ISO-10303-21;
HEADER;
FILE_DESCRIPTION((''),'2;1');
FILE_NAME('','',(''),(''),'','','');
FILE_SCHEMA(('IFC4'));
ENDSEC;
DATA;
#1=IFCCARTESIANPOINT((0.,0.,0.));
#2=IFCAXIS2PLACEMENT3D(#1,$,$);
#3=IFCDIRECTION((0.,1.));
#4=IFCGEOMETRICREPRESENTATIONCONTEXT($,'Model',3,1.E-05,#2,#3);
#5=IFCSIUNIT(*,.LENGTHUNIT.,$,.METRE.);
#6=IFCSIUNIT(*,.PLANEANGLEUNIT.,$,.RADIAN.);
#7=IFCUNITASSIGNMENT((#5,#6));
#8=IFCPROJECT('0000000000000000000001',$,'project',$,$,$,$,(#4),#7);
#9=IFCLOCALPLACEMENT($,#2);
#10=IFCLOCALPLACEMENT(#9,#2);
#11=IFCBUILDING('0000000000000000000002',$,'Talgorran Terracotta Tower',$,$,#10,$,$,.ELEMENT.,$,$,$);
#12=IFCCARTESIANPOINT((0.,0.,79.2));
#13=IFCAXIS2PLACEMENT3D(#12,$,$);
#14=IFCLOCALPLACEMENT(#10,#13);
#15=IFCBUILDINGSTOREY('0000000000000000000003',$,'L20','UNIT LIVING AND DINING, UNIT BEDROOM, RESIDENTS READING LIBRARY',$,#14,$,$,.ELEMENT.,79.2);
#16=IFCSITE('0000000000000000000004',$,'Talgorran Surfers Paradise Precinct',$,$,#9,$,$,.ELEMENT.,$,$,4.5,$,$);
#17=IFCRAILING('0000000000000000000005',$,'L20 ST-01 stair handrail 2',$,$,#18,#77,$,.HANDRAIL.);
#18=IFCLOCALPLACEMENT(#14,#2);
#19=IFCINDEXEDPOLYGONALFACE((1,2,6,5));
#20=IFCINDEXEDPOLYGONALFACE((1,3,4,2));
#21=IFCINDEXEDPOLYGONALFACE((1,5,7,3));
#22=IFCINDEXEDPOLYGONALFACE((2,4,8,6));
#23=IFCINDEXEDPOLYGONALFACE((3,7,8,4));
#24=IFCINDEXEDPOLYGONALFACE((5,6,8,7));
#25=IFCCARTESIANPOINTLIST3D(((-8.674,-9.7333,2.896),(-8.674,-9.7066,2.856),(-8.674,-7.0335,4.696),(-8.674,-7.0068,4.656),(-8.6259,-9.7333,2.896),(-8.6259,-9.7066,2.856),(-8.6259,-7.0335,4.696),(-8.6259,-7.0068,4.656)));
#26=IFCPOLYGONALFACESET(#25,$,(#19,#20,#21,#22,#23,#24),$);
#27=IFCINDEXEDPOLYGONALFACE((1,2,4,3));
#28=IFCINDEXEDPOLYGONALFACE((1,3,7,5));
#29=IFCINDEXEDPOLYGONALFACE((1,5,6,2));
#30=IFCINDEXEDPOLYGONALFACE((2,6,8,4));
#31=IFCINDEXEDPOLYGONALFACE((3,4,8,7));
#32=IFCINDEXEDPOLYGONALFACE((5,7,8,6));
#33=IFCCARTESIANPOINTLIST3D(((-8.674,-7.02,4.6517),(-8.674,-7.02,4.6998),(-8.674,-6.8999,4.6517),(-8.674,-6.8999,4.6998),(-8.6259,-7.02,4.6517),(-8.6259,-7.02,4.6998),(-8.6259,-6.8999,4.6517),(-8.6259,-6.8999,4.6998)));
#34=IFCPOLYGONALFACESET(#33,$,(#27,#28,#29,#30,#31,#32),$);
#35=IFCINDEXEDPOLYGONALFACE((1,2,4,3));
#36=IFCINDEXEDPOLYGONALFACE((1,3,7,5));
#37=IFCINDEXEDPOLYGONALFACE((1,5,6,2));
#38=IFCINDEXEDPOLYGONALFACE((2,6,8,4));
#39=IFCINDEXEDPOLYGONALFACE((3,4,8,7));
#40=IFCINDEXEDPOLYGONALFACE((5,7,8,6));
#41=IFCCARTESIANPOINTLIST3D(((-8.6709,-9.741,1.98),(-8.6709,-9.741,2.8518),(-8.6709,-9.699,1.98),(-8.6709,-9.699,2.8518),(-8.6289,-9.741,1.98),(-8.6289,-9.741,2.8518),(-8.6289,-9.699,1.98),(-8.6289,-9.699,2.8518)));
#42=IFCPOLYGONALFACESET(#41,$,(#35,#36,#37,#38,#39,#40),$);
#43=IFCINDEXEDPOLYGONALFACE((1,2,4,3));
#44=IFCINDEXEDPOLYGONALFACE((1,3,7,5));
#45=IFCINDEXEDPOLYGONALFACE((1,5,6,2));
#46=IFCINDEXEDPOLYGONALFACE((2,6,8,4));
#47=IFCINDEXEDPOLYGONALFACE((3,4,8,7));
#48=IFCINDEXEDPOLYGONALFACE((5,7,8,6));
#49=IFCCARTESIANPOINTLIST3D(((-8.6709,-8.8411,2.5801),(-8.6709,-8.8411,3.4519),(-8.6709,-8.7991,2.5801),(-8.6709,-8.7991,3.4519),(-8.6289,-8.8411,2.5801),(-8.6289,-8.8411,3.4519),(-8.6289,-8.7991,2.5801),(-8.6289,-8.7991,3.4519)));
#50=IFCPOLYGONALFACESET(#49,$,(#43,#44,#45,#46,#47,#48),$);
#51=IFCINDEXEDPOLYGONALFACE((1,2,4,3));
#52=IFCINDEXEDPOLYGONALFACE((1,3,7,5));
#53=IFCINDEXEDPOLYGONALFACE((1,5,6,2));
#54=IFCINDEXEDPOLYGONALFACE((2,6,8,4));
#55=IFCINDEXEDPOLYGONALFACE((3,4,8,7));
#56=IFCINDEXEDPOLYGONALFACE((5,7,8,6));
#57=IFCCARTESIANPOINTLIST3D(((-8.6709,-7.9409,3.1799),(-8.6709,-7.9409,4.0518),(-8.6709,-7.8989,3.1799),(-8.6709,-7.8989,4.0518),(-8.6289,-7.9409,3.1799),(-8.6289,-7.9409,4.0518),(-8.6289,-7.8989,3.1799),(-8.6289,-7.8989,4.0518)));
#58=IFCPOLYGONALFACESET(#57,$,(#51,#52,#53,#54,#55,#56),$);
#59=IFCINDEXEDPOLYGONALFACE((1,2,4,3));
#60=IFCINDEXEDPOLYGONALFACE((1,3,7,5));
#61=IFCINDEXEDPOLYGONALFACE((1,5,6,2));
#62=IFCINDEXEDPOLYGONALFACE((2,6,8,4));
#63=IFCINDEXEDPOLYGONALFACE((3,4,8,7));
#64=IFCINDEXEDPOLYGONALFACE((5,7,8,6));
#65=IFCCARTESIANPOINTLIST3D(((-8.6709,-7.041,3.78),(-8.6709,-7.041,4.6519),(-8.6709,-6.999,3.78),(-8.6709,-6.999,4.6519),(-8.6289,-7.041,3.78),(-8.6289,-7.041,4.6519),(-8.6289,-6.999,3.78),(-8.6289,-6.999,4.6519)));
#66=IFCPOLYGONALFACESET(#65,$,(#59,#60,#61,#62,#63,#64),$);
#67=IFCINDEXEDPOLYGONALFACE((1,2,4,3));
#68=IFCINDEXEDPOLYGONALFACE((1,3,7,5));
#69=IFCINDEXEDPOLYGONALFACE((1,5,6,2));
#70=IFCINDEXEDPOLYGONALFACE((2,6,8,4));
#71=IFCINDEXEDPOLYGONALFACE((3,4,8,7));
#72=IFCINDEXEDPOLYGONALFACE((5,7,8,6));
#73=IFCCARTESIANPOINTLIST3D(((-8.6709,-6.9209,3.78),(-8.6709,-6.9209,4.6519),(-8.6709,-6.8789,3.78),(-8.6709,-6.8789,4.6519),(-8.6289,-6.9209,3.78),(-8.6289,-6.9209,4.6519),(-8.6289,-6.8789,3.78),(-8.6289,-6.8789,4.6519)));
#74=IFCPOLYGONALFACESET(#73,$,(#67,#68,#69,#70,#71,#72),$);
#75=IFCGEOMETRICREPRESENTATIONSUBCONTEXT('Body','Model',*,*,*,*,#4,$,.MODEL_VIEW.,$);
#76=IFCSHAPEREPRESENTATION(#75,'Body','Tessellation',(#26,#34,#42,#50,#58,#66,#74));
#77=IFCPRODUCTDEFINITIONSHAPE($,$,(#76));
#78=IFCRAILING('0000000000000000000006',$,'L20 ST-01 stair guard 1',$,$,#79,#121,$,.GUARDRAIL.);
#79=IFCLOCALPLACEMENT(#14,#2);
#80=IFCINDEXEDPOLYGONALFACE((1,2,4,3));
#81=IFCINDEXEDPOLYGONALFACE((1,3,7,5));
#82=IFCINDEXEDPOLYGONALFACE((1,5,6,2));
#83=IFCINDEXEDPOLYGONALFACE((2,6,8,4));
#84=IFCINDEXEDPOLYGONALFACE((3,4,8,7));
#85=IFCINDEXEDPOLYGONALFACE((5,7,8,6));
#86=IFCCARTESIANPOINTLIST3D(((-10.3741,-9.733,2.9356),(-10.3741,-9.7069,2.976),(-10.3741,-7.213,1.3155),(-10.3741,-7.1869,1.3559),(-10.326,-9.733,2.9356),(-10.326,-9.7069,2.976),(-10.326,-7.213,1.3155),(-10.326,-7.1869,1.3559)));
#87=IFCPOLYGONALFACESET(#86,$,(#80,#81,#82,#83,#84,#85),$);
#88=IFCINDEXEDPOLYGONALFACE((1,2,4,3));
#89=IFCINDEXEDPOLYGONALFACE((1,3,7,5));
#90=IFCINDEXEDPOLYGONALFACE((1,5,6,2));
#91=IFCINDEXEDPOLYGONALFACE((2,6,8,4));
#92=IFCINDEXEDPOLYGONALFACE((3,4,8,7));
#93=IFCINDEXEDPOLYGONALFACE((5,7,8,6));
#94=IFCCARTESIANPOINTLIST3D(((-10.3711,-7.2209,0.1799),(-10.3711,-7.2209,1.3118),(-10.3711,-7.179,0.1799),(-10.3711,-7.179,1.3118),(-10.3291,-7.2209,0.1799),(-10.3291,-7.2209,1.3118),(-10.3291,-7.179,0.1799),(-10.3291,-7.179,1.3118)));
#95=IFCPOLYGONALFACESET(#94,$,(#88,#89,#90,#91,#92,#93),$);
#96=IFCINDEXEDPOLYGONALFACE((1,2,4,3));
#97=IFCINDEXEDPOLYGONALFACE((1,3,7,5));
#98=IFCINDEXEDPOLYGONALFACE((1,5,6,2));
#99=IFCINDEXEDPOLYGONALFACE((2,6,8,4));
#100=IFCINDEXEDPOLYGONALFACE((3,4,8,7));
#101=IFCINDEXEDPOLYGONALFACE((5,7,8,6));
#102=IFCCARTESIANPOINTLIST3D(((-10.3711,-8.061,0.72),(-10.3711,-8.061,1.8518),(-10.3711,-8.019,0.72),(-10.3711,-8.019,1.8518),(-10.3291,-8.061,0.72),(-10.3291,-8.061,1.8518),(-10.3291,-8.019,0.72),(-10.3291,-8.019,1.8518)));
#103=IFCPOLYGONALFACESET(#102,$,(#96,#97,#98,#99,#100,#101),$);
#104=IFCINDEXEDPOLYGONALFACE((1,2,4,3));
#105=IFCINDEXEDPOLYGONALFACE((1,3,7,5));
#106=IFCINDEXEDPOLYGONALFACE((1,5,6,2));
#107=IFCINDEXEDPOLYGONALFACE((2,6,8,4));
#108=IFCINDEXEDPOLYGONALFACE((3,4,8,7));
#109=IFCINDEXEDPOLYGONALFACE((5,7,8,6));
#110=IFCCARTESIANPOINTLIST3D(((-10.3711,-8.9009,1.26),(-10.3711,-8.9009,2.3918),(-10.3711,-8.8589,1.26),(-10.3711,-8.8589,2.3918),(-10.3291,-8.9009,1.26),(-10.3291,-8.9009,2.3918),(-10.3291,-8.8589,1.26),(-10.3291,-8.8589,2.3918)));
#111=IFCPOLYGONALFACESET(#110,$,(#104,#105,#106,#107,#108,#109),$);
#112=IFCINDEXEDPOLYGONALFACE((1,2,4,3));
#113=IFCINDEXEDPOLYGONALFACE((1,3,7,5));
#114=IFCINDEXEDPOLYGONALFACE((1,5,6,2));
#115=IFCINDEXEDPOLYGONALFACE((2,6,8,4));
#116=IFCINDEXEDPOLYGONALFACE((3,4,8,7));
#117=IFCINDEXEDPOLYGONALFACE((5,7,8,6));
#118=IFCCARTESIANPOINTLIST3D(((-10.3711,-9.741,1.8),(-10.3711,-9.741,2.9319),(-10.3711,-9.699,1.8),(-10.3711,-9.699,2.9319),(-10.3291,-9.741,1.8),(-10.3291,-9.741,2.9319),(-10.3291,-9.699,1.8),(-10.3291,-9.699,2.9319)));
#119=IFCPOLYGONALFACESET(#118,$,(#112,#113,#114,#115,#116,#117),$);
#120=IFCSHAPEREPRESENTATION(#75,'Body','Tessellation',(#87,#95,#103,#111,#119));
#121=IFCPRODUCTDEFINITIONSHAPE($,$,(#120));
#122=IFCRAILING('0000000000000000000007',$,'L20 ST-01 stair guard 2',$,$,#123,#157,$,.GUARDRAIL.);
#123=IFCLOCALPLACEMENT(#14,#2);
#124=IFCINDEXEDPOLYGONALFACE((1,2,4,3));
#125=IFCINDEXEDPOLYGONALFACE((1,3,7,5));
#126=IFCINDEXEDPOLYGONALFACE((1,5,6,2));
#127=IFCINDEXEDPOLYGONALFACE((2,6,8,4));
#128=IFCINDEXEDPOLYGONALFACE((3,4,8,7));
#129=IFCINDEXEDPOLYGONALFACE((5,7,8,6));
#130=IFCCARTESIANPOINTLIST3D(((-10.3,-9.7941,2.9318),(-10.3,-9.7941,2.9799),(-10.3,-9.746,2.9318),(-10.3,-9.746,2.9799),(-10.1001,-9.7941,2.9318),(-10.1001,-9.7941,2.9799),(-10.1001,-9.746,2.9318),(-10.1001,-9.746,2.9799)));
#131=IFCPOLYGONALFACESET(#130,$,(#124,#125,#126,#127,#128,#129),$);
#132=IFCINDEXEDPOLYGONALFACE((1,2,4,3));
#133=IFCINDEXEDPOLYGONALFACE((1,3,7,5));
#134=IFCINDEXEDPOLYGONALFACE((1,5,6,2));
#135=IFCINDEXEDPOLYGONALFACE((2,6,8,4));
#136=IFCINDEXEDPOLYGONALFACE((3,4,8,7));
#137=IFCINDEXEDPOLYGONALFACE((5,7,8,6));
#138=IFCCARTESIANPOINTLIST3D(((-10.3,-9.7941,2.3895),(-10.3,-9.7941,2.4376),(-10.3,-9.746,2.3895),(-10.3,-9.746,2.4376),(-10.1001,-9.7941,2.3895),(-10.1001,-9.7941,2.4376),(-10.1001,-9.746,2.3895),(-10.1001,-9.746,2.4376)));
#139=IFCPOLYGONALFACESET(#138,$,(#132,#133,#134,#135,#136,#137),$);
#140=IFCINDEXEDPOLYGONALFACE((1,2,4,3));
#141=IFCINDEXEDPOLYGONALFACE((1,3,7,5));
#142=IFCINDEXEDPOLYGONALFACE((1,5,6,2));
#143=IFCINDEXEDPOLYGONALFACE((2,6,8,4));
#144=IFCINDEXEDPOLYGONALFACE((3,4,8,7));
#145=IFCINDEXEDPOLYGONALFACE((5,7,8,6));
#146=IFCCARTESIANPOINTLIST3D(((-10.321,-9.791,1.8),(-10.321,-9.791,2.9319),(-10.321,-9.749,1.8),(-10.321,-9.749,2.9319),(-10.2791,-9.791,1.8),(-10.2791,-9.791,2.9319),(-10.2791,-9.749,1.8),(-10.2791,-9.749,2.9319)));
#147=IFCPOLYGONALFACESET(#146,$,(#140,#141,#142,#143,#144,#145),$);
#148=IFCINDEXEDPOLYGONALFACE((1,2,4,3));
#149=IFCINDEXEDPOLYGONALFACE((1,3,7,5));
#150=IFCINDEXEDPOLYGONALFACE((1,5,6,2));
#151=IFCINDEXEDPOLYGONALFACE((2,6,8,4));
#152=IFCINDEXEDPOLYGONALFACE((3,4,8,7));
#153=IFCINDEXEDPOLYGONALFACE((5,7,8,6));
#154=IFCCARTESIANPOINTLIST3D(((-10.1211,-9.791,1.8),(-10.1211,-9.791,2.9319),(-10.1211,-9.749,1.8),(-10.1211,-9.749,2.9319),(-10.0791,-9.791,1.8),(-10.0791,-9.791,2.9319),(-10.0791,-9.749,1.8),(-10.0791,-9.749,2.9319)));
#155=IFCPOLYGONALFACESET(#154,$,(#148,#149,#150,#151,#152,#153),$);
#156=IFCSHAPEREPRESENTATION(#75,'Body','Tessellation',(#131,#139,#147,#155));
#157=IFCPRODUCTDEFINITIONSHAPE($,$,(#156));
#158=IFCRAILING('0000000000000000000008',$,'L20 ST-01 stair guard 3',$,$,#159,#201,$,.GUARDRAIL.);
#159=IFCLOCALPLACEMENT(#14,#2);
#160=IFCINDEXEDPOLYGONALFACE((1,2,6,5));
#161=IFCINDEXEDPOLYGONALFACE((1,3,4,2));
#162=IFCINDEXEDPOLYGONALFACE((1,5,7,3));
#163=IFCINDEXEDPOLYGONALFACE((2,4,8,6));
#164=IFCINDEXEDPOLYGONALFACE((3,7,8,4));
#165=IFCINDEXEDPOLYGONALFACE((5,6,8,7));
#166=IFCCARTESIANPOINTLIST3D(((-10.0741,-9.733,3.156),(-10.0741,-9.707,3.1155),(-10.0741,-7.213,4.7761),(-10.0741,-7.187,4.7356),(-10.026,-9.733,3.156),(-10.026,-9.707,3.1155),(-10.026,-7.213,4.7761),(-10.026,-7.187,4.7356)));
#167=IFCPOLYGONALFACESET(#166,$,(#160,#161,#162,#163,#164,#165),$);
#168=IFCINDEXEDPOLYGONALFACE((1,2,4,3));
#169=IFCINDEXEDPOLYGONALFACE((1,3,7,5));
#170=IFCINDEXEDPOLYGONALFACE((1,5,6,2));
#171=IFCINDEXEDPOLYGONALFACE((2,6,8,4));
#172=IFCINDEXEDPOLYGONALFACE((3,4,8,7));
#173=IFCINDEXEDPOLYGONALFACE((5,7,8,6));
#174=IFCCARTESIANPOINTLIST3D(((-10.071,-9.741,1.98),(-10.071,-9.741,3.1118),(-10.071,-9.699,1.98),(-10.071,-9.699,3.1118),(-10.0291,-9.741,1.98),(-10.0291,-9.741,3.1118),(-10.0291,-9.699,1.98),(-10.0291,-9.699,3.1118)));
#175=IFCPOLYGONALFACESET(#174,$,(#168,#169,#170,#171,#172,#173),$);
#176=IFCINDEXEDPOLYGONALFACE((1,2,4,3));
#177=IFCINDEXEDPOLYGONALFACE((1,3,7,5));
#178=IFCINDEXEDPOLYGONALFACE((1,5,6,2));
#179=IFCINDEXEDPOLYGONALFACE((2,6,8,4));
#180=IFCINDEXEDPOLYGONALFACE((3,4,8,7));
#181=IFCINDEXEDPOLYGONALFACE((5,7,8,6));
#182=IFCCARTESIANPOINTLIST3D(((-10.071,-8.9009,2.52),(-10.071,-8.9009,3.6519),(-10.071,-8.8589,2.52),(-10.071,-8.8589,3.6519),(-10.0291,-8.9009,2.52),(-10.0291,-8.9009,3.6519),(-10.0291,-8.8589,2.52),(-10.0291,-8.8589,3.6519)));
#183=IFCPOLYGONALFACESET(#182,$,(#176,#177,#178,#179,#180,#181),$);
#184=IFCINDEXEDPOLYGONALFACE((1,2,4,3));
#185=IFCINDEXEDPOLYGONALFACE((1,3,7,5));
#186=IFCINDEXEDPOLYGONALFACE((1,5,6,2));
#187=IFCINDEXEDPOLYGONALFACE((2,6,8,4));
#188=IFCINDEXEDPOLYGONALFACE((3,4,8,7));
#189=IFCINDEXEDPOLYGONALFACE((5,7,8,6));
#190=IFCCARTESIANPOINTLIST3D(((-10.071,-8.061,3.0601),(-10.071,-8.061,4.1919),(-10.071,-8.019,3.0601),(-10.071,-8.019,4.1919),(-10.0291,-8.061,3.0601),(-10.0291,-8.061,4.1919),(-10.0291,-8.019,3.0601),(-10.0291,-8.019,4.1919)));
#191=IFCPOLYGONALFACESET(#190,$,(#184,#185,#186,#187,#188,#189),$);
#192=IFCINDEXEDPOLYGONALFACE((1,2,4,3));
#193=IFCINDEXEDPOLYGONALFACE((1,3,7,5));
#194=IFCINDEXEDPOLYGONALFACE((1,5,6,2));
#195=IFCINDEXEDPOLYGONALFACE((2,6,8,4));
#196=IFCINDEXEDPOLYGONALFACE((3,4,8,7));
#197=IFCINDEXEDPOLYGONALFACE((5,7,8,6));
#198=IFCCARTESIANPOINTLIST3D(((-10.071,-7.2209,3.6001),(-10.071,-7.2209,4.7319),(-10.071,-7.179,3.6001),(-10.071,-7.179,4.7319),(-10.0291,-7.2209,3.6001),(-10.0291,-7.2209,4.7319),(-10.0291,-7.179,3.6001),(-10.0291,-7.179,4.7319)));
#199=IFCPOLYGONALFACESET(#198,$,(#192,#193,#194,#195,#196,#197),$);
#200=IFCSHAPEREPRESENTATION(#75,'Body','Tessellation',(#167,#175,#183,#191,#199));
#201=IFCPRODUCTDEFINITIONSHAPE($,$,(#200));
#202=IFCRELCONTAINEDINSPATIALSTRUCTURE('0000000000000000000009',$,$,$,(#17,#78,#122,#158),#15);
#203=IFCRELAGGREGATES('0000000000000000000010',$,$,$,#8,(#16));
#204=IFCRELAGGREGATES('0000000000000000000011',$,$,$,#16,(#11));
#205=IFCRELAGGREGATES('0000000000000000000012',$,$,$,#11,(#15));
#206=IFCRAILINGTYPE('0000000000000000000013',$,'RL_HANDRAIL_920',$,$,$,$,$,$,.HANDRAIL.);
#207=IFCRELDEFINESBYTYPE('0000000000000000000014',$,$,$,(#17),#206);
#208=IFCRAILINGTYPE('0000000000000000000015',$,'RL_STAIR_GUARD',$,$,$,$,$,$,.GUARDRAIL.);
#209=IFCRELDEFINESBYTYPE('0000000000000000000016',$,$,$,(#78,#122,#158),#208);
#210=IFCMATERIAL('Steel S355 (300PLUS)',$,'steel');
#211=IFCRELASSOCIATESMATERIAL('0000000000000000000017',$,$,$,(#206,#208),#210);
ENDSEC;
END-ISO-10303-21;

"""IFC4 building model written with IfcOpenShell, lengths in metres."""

from ifc_helpers import new_model, si_unit, direction, frame, origin, origin_2d, place, context, subcontext, project, spatial, rectangle, extrude, material, type_object, element, save


model = new_model("IFC4")

# Units and contexts
model_context = context("Model", 3, precision=1e-05, world=origin(), true_north=direction((0.0, 1.0)))
body_context = subcontext(model_context, "Body", "Model", "MODEL_VIEW")
ifc_project = project(units=[si_unit("LENGTHUNIT", "METRE"), si_unit("PLANEANGLEUNIT", "RADIAN")], contexts=[model_context])

# Site, building, storey
site_placement = place(None, origin())
site = spatial("IfcSite", under=ifc_project, at=site_placement, Name="Talgorran Surfers Paradise Precinct", CompositionType="ELEMENT", RefElevation=4.5)
building_placement = place(site_placement, origin())
building = spatial("IfcBuilding", under=site, at=building_placement, Name="Talgorran Terracotta Tower", CompositionType="ELEMENT")
storey_placement = place(building_placement, frame((0.0, 0.0, 79.2)))
storey = spatial("IfcBuildingStorey", under=building, at=storey_placement, Name="L20", Description="UNIT LIVING AND DINING, UNIT BEDROOM, RESIDENTS READING LIBRARY", CompositionType="ELEMENT", Elevation=79.2)

# Shared definitions
ifc_material_1 = material(Name="Steel S355 (300PLUS)", Category="steel")

# Railings
railing_type_1 = type_object("IfcRailingType", Name="RL_HANDRAIL_920", PredefinedType="HANDRAIL", material=ifc_material_1)
railing_1_placement = place(storey_placement, frame((-8.6499, -9.72, 1.98)))
element("IfcRailing", 1, at=railing_1_placement, inside=storey, type_object=railing_type_1, Name="L20 ST-01 stair handrail 2", PredefinedType="HANDRAIL", context=body_context, shape_type="SweptSolid", body=[
    extrude(rectangle(XDim=0.0481, YDim=0.0481, at=origin_2d()), frame((0.0, 0.0, 0.896), z_axis=(0.0, 0.832039, 0.554718), x_axis=(-1.0, 0.0, 0.0)), (0.0, 0.0, 1.0), 3.2449),
    extrude(rectangle(XDim=0.0481, YDim=0.0481, at=origin_2d()), frame((0.0, 2.7, 2.6958), z_axis=(0.0, 1.0, 0.0), x_axis=(-1.0, 0.0, 0.0)), (0.0, 0.0, 1.0), 0.1201),
    extrude(rectangle(XDim=0.042, YDim=0.042, at=origin_2d()), origin(), (0.0, 0.0, 1.0), 0.8718),
    extrude(rectangle(XDim=0.042, YDim=0.042, at=origin_2d()), frame((0.0, 0.8999, 0.6001)), (0.0, 0.0, 1.0), 0.8718),
    extrude(rectangle(XDim=0.042, YDim=0.042, at=origin_2d()), frame((0.0, 1.8, 1.2)), (0.0, 0.0, 1.0), 0.8718),
    extrude(rectangle(XDim=0.042, YDim=0.042, at=origin_2d()), frame((0.0, 2.7, 1.8)), (0.0, 0.0, 1.0), 0.8718),
    extrude(rectangle(XDim=0.042, YDim=0.042, at=origin_2d()), frame((0.0, 2.8201, 1.8)), (0.0, 0.0, 1.0), 0.8718),
])
railing_type_2 = type_object("IfcRailingType", Name="RL_STAIR_GUARD", PredefinedType="GUARDRAIL", material=ifc_material_1)
railing_2_placement = place(storey_placement, frame((-10.3501, -7.2, 0.1799)))
element("IfcRailing", 2, at=railing_2_placement, inside=storey, type_object=railing_type_2, Name="L20 ST-01 stair guard 1", PredefinedType="GUARDRAIL", context=body_context, shape_type="SweptSolid", body=[
    extrude(rectangle(XDim=0.0481, YDim=0.0481, at=origin_2d()), frame((0.0, 0.0, 1.1558), z_axis=(0.0, -0.841163, 0.540782), x_axis=(1.0, 0.0, 0.0)), (0.0, 0.0, 1.0), 2.9958),
    extrude(rectangle(XDim=0.042, YDim=0.042, at=origin_2d()), origin(), (0.0, 0.0, 1.0), 1.1318),
    extrude(rectangle(XDim=0.042, YDim=0.042, at=origin_2d()), frame((0.0, -0.8401, 0.54)), (0.0, 0.0, 1.0), 1.1318),
    extrude(rectangle(XDim=0.042, YDim=0.042, at=origin_2d()), frame((0.0, -1.6799, 1.0801)), (0.0, 0.0, 1.0), 1.1318),
    extrude(rectangle(XDim=0.042, YDim=0.042, at=origin_2d()), frame((0.0, -2.52, 1.6201)), (0.0, 0.0, 1.0), 1.1318),
])
railing_3_placement = place(storey_placement, frame((-10.3, -9.77, 1.8)))
element("IfcRailing", 3, at=railing_3_placement, inside=storey, type_object=railing_type_2, Name="L20 ST-01 stair guard 2", PredefinedType="GUARDRAIL", context=body_context, shape_type="SweptSolid", body=[
    extrude(rectangle(XDim=0.0481, YDim=0.0481, at=origin_2d()), frame((0.0, 0.0, 1.1558), z_axis=(1.0, 0.0, 0.0), x_axis=(0.0, 1.0, 0.0)), (0.0, 0.0, 1.0), 0.2),
    extrude(rectangle(XDim=0.0481, YDim=0.0481, at=origin_2d()), frame((0.0, 0.0, 0.6135), z_axis=(1.0, 0.0, 0.0), x_axis=(0.0, 1.0, 0.0)), (0.0, 0.0, 1.0), 0.2),
    extrude(rectangle(XDim=0.042, YDim=0.042, at=origin_2d()), origin(), (0.0, 0.0, 1.0), 1.1318),
    extrude(rectangle(XDim=0.042, YDim=0.042, at=origin_2d()), frame((0.2, 0.0, 0.0)), (0.0, 0.0, 1.0), 1.1318),
])
railing_4_placement = place(storey_placement, frame((-10.05, -9.72, 1.98)))
element("IfcRailing", 4, at=railing_4_placement, inside=storey, type_object=railing_type_2, Name="L20 ST-01 stair guard 3", PredefinedType="GUARDRAIL", context=body_context, shape_type="SweptSolid", body=[
    extrude(rectangle(XDim=0.0481, YDim=0.0481, at=origin_2d()), frame((0.0, 0.0, 1.1558), z_axis=(0.0, 0.841163, 0.540782), x_axis=(-1.0, 0.0, 0.0)), (0.0, 0.0, 1.0), 2.9958),
    extrude(rectangle(XDim=0.042, YDim=0.042, at=origin_2d()), origin(), (0.0, 0.0, 1.0), 1.1318),
    extrude(rectangle(XDim=0.042, YDim=0.042, at=origin_2d()), frame((0.0, 0.8401, 0.54)), (0.0, 0.0, 1.0), 1.1318),
    extrude(rectangle(XDim=0.042, YDim=0.042, at=origin_2d()), frame((0.0, 1.6799, 1.0801)), (0.0, 0.0, 1.0), 1.1318),
    extrude(rectangle(XDim=0.042, YDim=0.042, at=origin_2d()), frame((0.0, 2.52, 1.6201)), (0.0, 0.0, 1.0), 1.1318),
])

save(model, "model.ifc")
